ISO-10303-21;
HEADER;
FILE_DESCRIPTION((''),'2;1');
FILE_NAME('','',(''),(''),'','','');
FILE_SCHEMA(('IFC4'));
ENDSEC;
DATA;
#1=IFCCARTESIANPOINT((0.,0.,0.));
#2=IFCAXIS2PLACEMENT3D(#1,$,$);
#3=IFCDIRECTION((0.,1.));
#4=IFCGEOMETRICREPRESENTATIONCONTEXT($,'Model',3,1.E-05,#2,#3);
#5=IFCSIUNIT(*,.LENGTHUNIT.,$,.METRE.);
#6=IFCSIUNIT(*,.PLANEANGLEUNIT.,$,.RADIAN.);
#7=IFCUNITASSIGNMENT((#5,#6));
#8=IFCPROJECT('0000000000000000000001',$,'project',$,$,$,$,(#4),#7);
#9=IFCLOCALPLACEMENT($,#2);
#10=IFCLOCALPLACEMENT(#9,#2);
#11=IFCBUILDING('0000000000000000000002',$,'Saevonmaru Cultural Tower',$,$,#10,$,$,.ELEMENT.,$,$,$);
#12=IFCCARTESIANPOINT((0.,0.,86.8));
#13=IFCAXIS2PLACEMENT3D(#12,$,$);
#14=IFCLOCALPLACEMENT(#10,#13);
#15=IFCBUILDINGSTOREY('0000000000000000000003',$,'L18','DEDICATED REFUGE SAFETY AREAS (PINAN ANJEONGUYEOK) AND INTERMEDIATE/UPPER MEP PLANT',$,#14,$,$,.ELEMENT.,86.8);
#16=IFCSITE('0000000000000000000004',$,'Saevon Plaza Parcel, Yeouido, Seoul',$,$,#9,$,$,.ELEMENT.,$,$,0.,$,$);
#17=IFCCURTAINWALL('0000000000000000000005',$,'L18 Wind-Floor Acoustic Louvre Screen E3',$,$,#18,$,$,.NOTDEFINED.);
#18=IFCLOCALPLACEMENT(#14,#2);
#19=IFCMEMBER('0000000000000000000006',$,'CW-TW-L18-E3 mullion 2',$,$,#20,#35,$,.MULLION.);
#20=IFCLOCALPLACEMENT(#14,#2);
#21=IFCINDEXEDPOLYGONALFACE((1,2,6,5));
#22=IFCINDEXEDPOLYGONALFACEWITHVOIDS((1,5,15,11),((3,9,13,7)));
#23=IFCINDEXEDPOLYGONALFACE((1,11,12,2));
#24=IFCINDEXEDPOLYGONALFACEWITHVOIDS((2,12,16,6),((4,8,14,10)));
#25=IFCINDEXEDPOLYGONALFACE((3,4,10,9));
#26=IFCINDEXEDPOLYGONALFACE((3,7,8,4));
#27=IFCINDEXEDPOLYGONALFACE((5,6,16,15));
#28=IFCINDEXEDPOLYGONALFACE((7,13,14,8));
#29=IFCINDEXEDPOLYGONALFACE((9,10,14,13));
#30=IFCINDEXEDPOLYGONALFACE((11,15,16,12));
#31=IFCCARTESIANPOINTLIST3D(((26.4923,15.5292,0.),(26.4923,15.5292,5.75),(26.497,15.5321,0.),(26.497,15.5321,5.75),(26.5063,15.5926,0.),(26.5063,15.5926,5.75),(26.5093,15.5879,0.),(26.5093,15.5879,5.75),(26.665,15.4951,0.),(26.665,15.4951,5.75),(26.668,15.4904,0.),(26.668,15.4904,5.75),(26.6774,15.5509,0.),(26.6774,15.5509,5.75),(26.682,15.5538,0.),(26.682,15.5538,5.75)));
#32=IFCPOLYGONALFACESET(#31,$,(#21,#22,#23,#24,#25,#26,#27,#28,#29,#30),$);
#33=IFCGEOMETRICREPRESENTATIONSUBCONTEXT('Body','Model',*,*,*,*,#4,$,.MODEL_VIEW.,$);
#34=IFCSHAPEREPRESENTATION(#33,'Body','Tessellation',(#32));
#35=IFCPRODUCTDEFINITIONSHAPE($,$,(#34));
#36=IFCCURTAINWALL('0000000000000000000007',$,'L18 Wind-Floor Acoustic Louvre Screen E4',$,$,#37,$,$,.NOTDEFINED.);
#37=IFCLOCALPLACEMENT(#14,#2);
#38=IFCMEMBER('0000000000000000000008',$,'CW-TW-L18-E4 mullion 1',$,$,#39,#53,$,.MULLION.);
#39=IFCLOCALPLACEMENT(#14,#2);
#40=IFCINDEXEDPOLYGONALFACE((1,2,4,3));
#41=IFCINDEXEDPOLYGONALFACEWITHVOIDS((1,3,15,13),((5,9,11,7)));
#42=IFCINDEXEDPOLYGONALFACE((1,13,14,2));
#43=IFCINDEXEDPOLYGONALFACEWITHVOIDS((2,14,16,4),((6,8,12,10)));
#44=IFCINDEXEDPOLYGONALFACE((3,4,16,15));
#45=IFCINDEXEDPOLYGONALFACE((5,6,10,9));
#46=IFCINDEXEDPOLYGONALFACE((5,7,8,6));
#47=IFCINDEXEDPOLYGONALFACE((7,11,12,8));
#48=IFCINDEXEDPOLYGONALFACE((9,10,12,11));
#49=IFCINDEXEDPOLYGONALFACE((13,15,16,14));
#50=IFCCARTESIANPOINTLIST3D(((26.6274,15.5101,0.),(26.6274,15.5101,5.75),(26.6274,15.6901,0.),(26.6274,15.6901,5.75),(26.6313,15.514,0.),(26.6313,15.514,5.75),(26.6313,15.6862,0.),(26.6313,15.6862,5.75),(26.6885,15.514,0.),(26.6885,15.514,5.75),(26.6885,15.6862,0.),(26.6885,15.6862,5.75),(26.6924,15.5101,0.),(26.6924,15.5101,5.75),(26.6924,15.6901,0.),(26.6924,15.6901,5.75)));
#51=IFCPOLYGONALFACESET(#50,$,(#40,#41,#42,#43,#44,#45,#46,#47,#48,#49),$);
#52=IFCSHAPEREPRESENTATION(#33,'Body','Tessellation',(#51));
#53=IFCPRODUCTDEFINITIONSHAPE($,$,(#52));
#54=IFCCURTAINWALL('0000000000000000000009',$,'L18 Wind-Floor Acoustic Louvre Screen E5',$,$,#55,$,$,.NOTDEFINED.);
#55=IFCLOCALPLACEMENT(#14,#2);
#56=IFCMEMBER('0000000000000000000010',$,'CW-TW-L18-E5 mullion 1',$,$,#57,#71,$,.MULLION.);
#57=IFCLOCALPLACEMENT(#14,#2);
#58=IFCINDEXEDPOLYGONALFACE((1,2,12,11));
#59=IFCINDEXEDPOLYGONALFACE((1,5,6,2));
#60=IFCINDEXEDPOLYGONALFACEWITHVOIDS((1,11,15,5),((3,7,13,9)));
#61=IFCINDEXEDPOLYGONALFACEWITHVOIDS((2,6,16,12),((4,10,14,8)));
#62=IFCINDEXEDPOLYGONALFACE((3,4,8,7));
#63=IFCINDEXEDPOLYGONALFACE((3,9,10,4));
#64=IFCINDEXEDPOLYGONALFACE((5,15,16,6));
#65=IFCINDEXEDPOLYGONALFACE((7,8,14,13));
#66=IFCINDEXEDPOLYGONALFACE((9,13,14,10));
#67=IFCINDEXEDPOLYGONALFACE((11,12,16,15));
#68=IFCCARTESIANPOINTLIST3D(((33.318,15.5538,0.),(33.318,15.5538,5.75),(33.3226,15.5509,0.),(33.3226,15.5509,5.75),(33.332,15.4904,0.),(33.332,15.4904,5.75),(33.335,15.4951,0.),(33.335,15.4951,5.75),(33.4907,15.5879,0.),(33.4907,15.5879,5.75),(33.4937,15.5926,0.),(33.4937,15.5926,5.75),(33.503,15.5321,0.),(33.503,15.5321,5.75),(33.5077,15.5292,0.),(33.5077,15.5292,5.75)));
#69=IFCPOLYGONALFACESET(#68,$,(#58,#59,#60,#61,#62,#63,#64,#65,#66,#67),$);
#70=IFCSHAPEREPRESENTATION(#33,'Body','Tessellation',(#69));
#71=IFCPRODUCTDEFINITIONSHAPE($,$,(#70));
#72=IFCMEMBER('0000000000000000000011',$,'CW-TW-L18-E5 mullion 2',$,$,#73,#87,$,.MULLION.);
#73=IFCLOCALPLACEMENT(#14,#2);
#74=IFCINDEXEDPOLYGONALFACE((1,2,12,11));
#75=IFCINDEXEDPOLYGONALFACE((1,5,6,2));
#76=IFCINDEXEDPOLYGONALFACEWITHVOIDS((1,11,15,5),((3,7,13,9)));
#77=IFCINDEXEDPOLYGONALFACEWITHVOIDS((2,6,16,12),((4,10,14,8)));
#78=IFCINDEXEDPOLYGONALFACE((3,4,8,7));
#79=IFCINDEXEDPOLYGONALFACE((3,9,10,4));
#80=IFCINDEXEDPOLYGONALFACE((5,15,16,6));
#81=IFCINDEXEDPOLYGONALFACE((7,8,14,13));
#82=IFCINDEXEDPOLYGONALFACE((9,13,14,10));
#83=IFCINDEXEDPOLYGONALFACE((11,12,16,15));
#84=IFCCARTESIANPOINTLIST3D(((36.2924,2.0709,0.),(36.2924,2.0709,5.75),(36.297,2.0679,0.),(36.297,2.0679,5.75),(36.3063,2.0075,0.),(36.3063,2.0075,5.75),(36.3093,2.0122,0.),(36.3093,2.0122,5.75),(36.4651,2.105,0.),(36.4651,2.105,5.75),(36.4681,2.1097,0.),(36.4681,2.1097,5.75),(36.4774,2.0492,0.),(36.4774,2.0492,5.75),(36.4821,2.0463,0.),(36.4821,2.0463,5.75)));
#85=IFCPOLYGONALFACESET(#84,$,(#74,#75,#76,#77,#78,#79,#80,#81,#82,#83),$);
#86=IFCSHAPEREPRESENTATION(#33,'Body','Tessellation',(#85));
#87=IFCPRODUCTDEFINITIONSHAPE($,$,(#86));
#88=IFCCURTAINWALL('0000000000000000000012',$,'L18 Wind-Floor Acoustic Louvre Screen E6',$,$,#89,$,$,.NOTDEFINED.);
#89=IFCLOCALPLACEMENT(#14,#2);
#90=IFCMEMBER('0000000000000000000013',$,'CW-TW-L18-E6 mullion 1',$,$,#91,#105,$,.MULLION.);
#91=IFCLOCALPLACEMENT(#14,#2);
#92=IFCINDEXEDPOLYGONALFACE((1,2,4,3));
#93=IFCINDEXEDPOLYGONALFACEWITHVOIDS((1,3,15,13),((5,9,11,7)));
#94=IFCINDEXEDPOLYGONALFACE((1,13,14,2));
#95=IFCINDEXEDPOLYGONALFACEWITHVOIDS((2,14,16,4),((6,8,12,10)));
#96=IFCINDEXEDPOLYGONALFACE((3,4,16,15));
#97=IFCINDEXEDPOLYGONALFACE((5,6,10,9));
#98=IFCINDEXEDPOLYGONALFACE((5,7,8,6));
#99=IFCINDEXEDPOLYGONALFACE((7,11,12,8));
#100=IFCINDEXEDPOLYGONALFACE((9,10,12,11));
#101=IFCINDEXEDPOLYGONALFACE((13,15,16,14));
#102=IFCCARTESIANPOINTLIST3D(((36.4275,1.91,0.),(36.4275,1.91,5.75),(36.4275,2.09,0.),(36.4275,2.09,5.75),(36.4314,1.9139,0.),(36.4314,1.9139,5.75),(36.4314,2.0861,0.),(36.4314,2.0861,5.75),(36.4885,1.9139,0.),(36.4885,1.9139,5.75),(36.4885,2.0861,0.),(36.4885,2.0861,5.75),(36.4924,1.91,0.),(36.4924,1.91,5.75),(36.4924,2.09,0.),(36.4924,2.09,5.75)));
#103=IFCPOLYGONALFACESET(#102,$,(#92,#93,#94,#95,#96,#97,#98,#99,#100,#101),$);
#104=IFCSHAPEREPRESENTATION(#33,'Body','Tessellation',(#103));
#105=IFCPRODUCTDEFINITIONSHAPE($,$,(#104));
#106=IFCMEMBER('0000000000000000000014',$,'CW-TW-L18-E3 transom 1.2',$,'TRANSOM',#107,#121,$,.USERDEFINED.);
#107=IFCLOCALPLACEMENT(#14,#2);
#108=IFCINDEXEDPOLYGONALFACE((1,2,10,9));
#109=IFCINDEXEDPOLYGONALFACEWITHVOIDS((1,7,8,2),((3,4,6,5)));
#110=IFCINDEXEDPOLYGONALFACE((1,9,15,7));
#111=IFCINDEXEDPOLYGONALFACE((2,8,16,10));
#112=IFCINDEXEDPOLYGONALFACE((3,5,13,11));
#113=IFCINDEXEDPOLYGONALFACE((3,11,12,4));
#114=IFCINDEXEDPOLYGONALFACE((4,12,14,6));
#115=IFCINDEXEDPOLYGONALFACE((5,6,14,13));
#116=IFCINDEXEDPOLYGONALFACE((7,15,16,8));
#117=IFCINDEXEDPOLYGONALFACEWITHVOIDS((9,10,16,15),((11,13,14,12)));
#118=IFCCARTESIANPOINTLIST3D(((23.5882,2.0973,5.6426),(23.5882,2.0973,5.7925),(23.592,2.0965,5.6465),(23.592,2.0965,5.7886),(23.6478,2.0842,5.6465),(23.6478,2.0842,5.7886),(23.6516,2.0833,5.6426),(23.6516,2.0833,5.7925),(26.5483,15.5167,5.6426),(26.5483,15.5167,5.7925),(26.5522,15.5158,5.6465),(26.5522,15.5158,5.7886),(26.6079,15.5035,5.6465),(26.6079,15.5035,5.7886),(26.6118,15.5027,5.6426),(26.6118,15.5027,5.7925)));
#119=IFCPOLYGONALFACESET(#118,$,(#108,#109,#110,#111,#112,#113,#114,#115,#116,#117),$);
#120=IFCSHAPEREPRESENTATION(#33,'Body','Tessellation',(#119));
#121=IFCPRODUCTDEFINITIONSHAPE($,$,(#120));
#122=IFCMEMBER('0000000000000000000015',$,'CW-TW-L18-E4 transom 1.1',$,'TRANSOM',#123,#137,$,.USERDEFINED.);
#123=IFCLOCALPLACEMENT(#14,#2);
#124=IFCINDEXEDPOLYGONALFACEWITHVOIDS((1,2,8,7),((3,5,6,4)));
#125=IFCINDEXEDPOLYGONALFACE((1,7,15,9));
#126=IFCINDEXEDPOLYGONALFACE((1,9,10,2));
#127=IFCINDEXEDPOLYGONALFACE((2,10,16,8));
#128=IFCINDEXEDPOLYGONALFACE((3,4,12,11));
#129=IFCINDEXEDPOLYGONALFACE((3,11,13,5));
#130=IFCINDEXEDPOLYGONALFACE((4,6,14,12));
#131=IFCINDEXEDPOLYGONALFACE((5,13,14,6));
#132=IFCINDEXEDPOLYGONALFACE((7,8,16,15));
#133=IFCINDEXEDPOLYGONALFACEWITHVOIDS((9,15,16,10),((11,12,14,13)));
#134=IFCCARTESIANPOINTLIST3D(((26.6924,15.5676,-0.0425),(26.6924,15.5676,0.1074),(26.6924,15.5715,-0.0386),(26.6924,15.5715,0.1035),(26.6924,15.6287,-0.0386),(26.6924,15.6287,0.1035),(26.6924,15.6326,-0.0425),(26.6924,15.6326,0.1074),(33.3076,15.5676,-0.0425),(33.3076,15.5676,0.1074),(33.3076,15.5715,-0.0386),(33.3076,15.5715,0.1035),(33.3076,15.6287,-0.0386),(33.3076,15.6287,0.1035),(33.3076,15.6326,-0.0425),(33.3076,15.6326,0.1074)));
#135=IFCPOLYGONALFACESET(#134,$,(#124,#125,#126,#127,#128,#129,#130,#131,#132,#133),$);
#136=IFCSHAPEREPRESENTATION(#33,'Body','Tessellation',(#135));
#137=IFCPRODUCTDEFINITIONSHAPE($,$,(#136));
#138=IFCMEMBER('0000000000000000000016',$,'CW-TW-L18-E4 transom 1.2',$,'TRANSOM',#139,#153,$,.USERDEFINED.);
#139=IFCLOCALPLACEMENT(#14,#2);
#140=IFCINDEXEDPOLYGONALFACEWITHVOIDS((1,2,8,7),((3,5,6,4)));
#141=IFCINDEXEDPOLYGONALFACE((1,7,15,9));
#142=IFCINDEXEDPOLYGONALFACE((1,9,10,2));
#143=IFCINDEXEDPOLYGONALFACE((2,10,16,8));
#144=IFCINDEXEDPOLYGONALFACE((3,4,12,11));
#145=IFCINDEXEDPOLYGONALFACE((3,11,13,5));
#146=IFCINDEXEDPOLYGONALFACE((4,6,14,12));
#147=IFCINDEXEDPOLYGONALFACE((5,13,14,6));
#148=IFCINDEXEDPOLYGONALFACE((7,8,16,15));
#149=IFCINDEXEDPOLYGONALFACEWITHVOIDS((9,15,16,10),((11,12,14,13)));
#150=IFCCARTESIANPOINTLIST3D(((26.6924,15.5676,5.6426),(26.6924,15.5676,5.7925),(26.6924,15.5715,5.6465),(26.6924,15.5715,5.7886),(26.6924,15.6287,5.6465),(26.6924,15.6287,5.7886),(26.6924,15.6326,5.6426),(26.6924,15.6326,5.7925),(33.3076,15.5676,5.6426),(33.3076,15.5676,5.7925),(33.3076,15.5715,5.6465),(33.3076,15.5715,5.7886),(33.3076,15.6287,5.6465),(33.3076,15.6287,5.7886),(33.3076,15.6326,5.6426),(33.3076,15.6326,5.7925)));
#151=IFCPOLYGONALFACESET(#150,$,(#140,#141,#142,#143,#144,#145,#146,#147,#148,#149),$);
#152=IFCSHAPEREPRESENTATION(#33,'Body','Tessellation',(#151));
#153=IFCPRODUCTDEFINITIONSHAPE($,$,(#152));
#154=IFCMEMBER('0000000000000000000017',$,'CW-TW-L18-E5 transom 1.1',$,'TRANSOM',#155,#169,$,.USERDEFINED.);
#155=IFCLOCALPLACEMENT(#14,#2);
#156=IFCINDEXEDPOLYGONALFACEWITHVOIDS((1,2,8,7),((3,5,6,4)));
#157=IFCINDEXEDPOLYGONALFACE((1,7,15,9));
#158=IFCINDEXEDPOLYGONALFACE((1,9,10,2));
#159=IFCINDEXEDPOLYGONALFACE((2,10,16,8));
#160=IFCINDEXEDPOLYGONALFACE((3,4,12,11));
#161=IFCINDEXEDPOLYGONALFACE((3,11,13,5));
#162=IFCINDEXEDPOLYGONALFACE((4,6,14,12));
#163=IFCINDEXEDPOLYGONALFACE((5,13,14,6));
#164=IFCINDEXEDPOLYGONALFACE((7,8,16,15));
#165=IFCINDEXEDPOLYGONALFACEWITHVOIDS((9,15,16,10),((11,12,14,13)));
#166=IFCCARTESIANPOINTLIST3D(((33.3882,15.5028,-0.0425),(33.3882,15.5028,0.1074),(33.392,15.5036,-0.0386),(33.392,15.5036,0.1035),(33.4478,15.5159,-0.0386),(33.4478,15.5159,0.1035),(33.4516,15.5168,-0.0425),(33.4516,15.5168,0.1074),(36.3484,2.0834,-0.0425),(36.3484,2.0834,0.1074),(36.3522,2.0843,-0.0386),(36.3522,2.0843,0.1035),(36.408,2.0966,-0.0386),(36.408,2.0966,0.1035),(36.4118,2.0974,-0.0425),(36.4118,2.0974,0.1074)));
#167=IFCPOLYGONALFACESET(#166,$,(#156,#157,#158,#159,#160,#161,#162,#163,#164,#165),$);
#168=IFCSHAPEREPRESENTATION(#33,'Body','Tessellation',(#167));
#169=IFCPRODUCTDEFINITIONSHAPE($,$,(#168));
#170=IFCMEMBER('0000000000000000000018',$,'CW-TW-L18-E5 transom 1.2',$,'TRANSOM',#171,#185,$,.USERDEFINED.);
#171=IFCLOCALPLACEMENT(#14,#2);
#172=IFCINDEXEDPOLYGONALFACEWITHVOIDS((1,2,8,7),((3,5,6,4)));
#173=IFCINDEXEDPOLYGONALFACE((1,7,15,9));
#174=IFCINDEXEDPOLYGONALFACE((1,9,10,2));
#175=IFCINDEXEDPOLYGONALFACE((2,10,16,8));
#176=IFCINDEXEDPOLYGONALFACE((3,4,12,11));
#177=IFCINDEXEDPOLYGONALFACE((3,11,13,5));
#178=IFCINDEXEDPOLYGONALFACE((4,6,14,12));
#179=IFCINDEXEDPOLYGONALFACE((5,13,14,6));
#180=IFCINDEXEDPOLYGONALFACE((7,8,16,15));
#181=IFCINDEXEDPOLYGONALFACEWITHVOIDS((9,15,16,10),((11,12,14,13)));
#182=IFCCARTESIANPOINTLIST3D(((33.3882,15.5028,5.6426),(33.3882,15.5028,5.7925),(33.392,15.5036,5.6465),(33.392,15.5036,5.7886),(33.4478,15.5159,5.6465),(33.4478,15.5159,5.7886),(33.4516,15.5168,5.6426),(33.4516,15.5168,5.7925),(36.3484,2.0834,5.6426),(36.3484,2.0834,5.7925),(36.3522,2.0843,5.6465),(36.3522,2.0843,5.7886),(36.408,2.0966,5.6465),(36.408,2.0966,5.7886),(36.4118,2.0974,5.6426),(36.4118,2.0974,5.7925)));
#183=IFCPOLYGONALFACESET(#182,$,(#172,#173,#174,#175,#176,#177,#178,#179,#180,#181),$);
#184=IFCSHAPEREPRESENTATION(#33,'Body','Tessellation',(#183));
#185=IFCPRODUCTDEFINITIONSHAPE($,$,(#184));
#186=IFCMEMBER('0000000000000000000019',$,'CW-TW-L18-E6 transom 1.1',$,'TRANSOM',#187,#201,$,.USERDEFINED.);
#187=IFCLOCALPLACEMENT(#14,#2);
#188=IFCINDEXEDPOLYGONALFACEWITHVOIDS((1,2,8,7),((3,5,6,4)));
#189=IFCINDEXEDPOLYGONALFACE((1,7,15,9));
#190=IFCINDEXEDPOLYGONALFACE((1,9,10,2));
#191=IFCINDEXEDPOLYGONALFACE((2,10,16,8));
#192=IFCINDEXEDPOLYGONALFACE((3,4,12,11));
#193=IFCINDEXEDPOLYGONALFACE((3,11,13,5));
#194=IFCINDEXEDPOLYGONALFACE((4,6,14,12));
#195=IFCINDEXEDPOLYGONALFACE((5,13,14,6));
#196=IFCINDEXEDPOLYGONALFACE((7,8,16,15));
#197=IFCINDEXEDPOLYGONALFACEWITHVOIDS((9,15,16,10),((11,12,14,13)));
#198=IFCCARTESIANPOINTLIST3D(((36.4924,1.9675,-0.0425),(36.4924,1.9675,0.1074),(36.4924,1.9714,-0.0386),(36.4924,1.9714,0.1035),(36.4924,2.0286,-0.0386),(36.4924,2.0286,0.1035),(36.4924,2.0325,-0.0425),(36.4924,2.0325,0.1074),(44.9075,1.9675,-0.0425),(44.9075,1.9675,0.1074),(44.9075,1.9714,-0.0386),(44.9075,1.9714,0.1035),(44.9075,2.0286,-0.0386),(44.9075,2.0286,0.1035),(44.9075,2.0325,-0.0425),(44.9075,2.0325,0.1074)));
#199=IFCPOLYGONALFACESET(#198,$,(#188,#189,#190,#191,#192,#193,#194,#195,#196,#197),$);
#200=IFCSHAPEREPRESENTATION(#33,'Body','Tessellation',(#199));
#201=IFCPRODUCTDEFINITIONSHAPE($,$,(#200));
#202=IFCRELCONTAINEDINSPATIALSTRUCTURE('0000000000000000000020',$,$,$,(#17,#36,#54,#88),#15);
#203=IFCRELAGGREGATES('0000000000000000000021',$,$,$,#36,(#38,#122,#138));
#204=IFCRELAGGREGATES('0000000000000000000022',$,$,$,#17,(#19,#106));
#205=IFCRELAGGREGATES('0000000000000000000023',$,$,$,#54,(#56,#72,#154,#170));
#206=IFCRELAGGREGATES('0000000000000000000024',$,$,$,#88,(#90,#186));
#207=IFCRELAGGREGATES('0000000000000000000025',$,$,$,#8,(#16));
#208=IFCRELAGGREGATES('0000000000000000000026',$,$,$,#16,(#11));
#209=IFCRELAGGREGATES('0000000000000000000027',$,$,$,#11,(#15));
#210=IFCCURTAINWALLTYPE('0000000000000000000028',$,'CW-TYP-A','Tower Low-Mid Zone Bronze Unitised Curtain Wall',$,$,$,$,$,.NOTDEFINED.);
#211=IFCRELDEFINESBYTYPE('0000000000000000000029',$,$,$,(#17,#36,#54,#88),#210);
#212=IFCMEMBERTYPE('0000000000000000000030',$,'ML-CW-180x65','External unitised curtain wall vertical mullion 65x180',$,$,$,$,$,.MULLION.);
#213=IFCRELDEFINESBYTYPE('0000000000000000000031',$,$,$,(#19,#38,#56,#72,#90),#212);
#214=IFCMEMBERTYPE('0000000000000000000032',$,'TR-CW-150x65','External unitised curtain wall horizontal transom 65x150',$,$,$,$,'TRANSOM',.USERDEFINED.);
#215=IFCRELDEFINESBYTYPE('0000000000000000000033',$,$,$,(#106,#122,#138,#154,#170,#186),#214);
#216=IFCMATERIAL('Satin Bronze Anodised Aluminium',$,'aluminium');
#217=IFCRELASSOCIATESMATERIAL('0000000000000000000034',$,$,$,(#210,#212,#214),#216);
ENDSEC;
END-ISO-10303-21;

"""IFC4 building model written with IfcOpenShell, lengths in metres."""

from ifc_helpers import new_model, si_unit, direction, frame, origin, origin_2d, place, context, subcontext, project, spatial, hollow_rectangle, extrude, material, material_profile, profile_set, type_object, element, aggregate, save


model = new_model("IFC4")

# Units and contexts
model_context = context("Model", 3, precision=1e-05, world=origin(), true_north=direction((0.0, 1.0)))
body_context = subcontext(model_context, "Body", "Model", "MODEL_VIEW")
ifc_project = project(units=[si_unit("LENGTHUNIT", "METRE"), si_unit("PLANEANGLEUNIT", "RADIAN")], contexts=[model_context])

# Site, building, storey
site_placement = place(None, origin())
site = spatial("IfcSite", under=ifc_project, at=site_placement, Name="Saevon Plaza Parcel, Yeouido, Seoul", CompositionType="ELEMENT", RefElevation=0.0)
building_placement = place(site_placement, origin())
building = spatial("IfcBuilding", under=site, at=building_placement, Name="Saevonmaru Cultural Tower", CompositionType="ELEMENT")
storey_placement = place(building_placement, frame((0.0, 0.0, 86.8)))
storey = spatial("IfcBuildingStorey", under=building, at=storey_placement, Name="L18", Description="DEDICATED REFUGE SAFETY AREAS (PINAN ANJEONGUYEOK) AND INTERMEDIATE/UPPER MEP PLANT", CompositionType="ELEMENT", Elevation=86.8)

# Curtain walls, members
ifc_material_1 = material(Name="Satin Bronze Anodised Aluminium", Category="aluminium")
curtain_wall_type = type_object("IfcCurtainWallType", Name="CW-TYP-A", Description="Tower Low-Mid Zone Bronze Unitised Curtain Wall", PredefinedType="NOTDEFINED", material=ifc_material_1)
curtain_wall_1_placement = place(storey_placement, origin())
curtain_wall_1 = element("IfcCurtainWall", 1, at=curtain_wall_1_placement, inside=storey, type_object=curtain_wall_type, Name="L18 Wind-Floor Acoustic Louvre Screen E3", PredefinedType="NOTDEFINED")
ifc_material_profile_1 = material_profile(ifc_material_1, hollow_rectangle(XDim=0.0649, YDim=0.1799, WallThickness=0.0039, at=origin_2d()), Name="ALU-MULL-180x65x4")
ifc_profile_set_1 = profile_set([ifc_material_profile_1], Name="Satin Bronze Anodised Aluminium")
member_type_1 = type_object("IfcMemberType", Name="ML-CW-180x65", Description="External unitised curtain wall vertical mullion 65x180", PredefinedType="MULLION", material=ifc_profile_set_1)
member_1_placement = place(storey_placement, frame((26.5872, 15.5415, 0.0), z_axis=(0.0, 0.0, 1.0), x_axis=(0.215413, 0.976523, 0.0)))
member_1 = element("IfcMember", 2, at=member_1_placement, type_object=member_type_1, Name="CW-TW-L18-E3 mullion 2", PredefinedType="MULLION", context=body_context, shape_type="SweptSolid", body=[
    extrude(hollow_rectangle(XDim=0.0649, YDim=0.1799, WallThickness=0.0039, at=origin_2d()), origin(), (0.0, 0.0, 1.0), 5.75),
])
curtain_wall_2_placement = place(storey_placement, origin())
curtain_wall_2 = element("IfcCurtainWall", 3, at=curtain_wall_2_placement, inside=storey, type_object=curtain_wall_type, Name="L18 Wind-Floor Acoustic Louvre Screen E4", PredefinedType="NOTDEFINED")
member_2_placement = place(storey_placement, frame((26.6599, 15.6001, 0.0), z_axis=(0.0, 0.0, 1.0), x_axis=(1.0, 0.0, 0.0)))
member_2 = element("IfcMember", 4, at=member_2_placement, type_object=member_type_1, Name="CW-TW-L18-E4 mullion 1", PredefinedType="MULLION", context=body_context, shape_type="SweptSolid", body=[
    extrude(hollow_rectangle(XDim=0.0649, YDim=0.1799, WallThickness=0.0039, at=origin_2d()), origin(), (0.0, 0.0, 1.0), 5.75),
])

# Curtain wall, members
curtain_wall_3_placement = place(storey_placement, origin())
curtain_wall_3 = element("IfcCurtainWall", 5, at=curtain_wall_3_placement, inside=storey, type_object=curtain_wall_type, Name="L18 Wind-Floor Acoustic Louvre Screen E5", PredefinedType="NOTDEFINED")
member_3_placement = place(storey_placement, frame((33.4128, 15.5415, 0.0), z_axis=(0.0, 0.0, 1.0), x_axis=(0.215413, -0.976523, 0.0)))
member_3 = element("IfcMember", 6, at=member_3_placement, type_object=member_type_1, Name="CW-TW-L18-E5 mullion 1", PredefinedType="MULLION", context=body_context, shape_type="SweptSolid", body=[
    extrude(hollow_rectangle(XDim=0.0649, YDim=0.1799, WallThickness=0.0039, at=origin_2d()), origin(), (0.0, 0.0, 1.0), 5.75),
])
member_4_placement = place(storey_placement, frame((36.3872, 2.0586, 0.0), z_axis=(0.0, 0.0, 1.0), x_axis=(0.215413, -0.976523, 0.0)))
member_4 = element("IfcMember", 7, at=member_4_placement, type_object=member_type_1, Name="CW-TW-L18-E5 mullion 2", PredefinedType="MULLION", context=body_context, shape_type="SweptSolid", body=[
    extrude(hollow_rectangle(XDim=0.0649, YDim=0.1799, WallThickness=0.0039, at=origin_2d()), origin(), (0.0, 0.0, 1.0), 5.75),
])

# Curtain wall, member
curtain_wall_4_placement = place(storey_placement, origin())
curtain_wall_4 = element("IfcCurtainWall", 8, at=curtain_wall_4_placement, inside=storey, type_object=curtain_wall_type, Name="L18 Wind-Floor Acoustic Louvre Screen E6", PredefinedType="NOTDEFINED")
member_5_placement = place(storey_placement, frame((36.46, 2.0, 0.0), z_axis=(0.0, 0.0, 1.0), x_axis=(1.0, 0.0, 0.0)))
member_5 = element("IfcMember", 9, at=member_5_placement, type_object=member_type_1, Name="CW-TW-L18-E6 mullion 1", PredefinedType="MULLION", context=body_context, shape_type="SweptSolid", body=[
    extrude(hollow_rectangle(XDim=0.0649, YDim=0.1799, WallThickness=0.0039, at=origin_2d()), origin(), (0.0, 0.0, 1.0), 5.75),
])

# Members
ifc_material_profile_2 = material_profile(ifc_material_1, hollow_rectangle(XDim=0.0649, YDim=0.1499, WallThickness=0.0039, at=origin_2d()), Name="ALU-TRAN-150x65x4")
ifc_profile_set_2 = profile_set([ifc_material_profile_2], Name="Satin Bronze Anodised Aluminium")
member_type_2 = type_object("IfcMemberType", Name="TR-CW-150x65", Description="External unitised curtain wall horizontal transom 65x150", ElementType="TRANSOM", PredefinedType="USERDEFINED", material=ifc_profile_set_2)
member_6_placement = place(storey_placement, frame((23.6199, 2.0903, 5.7175), z_axis=(0.215412, 0.976523, 0.0), x_axis=(-0.976523, 0.215412, 0.0)))
member_6 = element("IfcMember", 10, at=member_6_placement, type_object=member_type_2, Name="CW-TW-L18-E3 transom 1.2", ObjectType="TRANSOM", PredefinedType="USERDEFINED", context=body_context, shape_type="SweptSolid", body=[
    extrude(hollow_rectangle(XDim=0.0649, YDim=0.1499, WallThickness=0.0039, at=origin_2d()), origin(), (0.0, 0.0, 1.0), 13.7419),
])
member_7_placement = place(storey_placement, frame((26.6924, 15.6001, 0.0325), z_axis=(1.0, 0.0, 0.0), x_axis=(0.0, 1.0, 0.0)))
member_7 = element("IfcMember", 11, at=member_7_placement, type_object=member_type_2, Name="CW-TW-L18-E4 transom 1.1", ObjectType="TRANSOM", PredefinedType="USERDEFINED", context=body_context, shape_type="SweptSolid", body=[
    extrude(hollow_rectangle(XDim=0.0649, YDim=0.1499, WallThickness=0.0039, at=origin_2d()), origin(), (0.0, 0.0, 1.0), 6.6152),
])
member_8_placement = place(storey_placement, frame((26.6924, 15.6001, 5.7175), z_axis=(1.0, 0.0, 0.0), x_axis=(0.0, 1.0, 0.0)))
member_8 = element("IfcMember", 12, at=member_8_placement, type_object=member_type_2, Name="CW-TW-L18-E4 transom 1.2", ObjectType="TRANSOM", PredefinedType="USERDEFINED", context=body_context, shape_type="SweptSolid", body=[
    extrude(hollow_rectangle(XDim=0.0649, YDim=0.1499, WallThickness=0.0039, at=origin_2d()), origin(), (0.0, 0.0, 1.0), 6.6152),
])
aggregate(curtain_wall_2, [member_2, member_7, member_8])
member_9_placement = place(storey_placement, frame((33.4199, 15.5098, 0.0325), z_axis=(0.215412, -0.976523, 0.0), x_axis=(0.976523, 0.215412, 0.0)))
member_9 = element("IfcMember", 13, at=member_9_placement, type_object=member_type_2, Name="CW-TW-L18-E5 transom 1.1", ObjectType="TRANSOM", PredefinedType="USERDEFINED", context=body_context, shape_type="SweptSolid", body=[
    extrude(hollow_rectangle(XDim=0.0649, YDim=0.1499, WallThickness=0.0039, at=origin_2d()), origin(), (0.0, 0.0, 1.0), 13.7419),
])
member_10_placement = place(storey_placement, frame((33.4199, 15.5098, 5.7175), z_axis=(0.215412, -0.976523, 0.0), x_axis=(0.976523, 0.215412, 0.0)))
member_10 = element("IfcMember", 14, at=member_10_placement, type_object=member_type_2, Name="CW-TW-L18-E5 transom 1.2", ObjectType="TRANSOM", PredefinedType="USERDEFINED", context=body_context, shape_type="SweptSolid", body=[
    extrude(hollow_rectangle(XDim=0.0649, YDim=0.1499, WallThickness=0.0039, at=origin_2d()), origin(), (0.0, 0.0, 1.0), 13.7419),
])
member_11_placement = place(storey_placement, frame((36.4924, 2.0, 0.0325), z_axis=(1.0, 0.0, 0.0), x_axis=(0.0, 1.0, 0.0)))
member_11 = element("IfcMember", 15, at=member_11_placement, type_object=member_type_2, Name="CW-TW-L18-E6 transom 1.1", ObjectType="TRANSOM", PredefinedType="USERDEFINED", context=body_context, shape_type="SweptSolid", body=[
    extrude(hollow_rectangle(XDim=0.0649, YDim=0.1499, WallThickness=0.0039, at=origin_2d()), origin(), (0.0, 0.0, 1.0), 8.415),
])

aggregate(curtain_wall_1, [member_1, member_6])
aggregate(curtain_wall_3, [member_3, member_4, member_9, member_10])
aggregate(curtain_wall_4, [member_5, member_11])

save(model, "model.ifc")
